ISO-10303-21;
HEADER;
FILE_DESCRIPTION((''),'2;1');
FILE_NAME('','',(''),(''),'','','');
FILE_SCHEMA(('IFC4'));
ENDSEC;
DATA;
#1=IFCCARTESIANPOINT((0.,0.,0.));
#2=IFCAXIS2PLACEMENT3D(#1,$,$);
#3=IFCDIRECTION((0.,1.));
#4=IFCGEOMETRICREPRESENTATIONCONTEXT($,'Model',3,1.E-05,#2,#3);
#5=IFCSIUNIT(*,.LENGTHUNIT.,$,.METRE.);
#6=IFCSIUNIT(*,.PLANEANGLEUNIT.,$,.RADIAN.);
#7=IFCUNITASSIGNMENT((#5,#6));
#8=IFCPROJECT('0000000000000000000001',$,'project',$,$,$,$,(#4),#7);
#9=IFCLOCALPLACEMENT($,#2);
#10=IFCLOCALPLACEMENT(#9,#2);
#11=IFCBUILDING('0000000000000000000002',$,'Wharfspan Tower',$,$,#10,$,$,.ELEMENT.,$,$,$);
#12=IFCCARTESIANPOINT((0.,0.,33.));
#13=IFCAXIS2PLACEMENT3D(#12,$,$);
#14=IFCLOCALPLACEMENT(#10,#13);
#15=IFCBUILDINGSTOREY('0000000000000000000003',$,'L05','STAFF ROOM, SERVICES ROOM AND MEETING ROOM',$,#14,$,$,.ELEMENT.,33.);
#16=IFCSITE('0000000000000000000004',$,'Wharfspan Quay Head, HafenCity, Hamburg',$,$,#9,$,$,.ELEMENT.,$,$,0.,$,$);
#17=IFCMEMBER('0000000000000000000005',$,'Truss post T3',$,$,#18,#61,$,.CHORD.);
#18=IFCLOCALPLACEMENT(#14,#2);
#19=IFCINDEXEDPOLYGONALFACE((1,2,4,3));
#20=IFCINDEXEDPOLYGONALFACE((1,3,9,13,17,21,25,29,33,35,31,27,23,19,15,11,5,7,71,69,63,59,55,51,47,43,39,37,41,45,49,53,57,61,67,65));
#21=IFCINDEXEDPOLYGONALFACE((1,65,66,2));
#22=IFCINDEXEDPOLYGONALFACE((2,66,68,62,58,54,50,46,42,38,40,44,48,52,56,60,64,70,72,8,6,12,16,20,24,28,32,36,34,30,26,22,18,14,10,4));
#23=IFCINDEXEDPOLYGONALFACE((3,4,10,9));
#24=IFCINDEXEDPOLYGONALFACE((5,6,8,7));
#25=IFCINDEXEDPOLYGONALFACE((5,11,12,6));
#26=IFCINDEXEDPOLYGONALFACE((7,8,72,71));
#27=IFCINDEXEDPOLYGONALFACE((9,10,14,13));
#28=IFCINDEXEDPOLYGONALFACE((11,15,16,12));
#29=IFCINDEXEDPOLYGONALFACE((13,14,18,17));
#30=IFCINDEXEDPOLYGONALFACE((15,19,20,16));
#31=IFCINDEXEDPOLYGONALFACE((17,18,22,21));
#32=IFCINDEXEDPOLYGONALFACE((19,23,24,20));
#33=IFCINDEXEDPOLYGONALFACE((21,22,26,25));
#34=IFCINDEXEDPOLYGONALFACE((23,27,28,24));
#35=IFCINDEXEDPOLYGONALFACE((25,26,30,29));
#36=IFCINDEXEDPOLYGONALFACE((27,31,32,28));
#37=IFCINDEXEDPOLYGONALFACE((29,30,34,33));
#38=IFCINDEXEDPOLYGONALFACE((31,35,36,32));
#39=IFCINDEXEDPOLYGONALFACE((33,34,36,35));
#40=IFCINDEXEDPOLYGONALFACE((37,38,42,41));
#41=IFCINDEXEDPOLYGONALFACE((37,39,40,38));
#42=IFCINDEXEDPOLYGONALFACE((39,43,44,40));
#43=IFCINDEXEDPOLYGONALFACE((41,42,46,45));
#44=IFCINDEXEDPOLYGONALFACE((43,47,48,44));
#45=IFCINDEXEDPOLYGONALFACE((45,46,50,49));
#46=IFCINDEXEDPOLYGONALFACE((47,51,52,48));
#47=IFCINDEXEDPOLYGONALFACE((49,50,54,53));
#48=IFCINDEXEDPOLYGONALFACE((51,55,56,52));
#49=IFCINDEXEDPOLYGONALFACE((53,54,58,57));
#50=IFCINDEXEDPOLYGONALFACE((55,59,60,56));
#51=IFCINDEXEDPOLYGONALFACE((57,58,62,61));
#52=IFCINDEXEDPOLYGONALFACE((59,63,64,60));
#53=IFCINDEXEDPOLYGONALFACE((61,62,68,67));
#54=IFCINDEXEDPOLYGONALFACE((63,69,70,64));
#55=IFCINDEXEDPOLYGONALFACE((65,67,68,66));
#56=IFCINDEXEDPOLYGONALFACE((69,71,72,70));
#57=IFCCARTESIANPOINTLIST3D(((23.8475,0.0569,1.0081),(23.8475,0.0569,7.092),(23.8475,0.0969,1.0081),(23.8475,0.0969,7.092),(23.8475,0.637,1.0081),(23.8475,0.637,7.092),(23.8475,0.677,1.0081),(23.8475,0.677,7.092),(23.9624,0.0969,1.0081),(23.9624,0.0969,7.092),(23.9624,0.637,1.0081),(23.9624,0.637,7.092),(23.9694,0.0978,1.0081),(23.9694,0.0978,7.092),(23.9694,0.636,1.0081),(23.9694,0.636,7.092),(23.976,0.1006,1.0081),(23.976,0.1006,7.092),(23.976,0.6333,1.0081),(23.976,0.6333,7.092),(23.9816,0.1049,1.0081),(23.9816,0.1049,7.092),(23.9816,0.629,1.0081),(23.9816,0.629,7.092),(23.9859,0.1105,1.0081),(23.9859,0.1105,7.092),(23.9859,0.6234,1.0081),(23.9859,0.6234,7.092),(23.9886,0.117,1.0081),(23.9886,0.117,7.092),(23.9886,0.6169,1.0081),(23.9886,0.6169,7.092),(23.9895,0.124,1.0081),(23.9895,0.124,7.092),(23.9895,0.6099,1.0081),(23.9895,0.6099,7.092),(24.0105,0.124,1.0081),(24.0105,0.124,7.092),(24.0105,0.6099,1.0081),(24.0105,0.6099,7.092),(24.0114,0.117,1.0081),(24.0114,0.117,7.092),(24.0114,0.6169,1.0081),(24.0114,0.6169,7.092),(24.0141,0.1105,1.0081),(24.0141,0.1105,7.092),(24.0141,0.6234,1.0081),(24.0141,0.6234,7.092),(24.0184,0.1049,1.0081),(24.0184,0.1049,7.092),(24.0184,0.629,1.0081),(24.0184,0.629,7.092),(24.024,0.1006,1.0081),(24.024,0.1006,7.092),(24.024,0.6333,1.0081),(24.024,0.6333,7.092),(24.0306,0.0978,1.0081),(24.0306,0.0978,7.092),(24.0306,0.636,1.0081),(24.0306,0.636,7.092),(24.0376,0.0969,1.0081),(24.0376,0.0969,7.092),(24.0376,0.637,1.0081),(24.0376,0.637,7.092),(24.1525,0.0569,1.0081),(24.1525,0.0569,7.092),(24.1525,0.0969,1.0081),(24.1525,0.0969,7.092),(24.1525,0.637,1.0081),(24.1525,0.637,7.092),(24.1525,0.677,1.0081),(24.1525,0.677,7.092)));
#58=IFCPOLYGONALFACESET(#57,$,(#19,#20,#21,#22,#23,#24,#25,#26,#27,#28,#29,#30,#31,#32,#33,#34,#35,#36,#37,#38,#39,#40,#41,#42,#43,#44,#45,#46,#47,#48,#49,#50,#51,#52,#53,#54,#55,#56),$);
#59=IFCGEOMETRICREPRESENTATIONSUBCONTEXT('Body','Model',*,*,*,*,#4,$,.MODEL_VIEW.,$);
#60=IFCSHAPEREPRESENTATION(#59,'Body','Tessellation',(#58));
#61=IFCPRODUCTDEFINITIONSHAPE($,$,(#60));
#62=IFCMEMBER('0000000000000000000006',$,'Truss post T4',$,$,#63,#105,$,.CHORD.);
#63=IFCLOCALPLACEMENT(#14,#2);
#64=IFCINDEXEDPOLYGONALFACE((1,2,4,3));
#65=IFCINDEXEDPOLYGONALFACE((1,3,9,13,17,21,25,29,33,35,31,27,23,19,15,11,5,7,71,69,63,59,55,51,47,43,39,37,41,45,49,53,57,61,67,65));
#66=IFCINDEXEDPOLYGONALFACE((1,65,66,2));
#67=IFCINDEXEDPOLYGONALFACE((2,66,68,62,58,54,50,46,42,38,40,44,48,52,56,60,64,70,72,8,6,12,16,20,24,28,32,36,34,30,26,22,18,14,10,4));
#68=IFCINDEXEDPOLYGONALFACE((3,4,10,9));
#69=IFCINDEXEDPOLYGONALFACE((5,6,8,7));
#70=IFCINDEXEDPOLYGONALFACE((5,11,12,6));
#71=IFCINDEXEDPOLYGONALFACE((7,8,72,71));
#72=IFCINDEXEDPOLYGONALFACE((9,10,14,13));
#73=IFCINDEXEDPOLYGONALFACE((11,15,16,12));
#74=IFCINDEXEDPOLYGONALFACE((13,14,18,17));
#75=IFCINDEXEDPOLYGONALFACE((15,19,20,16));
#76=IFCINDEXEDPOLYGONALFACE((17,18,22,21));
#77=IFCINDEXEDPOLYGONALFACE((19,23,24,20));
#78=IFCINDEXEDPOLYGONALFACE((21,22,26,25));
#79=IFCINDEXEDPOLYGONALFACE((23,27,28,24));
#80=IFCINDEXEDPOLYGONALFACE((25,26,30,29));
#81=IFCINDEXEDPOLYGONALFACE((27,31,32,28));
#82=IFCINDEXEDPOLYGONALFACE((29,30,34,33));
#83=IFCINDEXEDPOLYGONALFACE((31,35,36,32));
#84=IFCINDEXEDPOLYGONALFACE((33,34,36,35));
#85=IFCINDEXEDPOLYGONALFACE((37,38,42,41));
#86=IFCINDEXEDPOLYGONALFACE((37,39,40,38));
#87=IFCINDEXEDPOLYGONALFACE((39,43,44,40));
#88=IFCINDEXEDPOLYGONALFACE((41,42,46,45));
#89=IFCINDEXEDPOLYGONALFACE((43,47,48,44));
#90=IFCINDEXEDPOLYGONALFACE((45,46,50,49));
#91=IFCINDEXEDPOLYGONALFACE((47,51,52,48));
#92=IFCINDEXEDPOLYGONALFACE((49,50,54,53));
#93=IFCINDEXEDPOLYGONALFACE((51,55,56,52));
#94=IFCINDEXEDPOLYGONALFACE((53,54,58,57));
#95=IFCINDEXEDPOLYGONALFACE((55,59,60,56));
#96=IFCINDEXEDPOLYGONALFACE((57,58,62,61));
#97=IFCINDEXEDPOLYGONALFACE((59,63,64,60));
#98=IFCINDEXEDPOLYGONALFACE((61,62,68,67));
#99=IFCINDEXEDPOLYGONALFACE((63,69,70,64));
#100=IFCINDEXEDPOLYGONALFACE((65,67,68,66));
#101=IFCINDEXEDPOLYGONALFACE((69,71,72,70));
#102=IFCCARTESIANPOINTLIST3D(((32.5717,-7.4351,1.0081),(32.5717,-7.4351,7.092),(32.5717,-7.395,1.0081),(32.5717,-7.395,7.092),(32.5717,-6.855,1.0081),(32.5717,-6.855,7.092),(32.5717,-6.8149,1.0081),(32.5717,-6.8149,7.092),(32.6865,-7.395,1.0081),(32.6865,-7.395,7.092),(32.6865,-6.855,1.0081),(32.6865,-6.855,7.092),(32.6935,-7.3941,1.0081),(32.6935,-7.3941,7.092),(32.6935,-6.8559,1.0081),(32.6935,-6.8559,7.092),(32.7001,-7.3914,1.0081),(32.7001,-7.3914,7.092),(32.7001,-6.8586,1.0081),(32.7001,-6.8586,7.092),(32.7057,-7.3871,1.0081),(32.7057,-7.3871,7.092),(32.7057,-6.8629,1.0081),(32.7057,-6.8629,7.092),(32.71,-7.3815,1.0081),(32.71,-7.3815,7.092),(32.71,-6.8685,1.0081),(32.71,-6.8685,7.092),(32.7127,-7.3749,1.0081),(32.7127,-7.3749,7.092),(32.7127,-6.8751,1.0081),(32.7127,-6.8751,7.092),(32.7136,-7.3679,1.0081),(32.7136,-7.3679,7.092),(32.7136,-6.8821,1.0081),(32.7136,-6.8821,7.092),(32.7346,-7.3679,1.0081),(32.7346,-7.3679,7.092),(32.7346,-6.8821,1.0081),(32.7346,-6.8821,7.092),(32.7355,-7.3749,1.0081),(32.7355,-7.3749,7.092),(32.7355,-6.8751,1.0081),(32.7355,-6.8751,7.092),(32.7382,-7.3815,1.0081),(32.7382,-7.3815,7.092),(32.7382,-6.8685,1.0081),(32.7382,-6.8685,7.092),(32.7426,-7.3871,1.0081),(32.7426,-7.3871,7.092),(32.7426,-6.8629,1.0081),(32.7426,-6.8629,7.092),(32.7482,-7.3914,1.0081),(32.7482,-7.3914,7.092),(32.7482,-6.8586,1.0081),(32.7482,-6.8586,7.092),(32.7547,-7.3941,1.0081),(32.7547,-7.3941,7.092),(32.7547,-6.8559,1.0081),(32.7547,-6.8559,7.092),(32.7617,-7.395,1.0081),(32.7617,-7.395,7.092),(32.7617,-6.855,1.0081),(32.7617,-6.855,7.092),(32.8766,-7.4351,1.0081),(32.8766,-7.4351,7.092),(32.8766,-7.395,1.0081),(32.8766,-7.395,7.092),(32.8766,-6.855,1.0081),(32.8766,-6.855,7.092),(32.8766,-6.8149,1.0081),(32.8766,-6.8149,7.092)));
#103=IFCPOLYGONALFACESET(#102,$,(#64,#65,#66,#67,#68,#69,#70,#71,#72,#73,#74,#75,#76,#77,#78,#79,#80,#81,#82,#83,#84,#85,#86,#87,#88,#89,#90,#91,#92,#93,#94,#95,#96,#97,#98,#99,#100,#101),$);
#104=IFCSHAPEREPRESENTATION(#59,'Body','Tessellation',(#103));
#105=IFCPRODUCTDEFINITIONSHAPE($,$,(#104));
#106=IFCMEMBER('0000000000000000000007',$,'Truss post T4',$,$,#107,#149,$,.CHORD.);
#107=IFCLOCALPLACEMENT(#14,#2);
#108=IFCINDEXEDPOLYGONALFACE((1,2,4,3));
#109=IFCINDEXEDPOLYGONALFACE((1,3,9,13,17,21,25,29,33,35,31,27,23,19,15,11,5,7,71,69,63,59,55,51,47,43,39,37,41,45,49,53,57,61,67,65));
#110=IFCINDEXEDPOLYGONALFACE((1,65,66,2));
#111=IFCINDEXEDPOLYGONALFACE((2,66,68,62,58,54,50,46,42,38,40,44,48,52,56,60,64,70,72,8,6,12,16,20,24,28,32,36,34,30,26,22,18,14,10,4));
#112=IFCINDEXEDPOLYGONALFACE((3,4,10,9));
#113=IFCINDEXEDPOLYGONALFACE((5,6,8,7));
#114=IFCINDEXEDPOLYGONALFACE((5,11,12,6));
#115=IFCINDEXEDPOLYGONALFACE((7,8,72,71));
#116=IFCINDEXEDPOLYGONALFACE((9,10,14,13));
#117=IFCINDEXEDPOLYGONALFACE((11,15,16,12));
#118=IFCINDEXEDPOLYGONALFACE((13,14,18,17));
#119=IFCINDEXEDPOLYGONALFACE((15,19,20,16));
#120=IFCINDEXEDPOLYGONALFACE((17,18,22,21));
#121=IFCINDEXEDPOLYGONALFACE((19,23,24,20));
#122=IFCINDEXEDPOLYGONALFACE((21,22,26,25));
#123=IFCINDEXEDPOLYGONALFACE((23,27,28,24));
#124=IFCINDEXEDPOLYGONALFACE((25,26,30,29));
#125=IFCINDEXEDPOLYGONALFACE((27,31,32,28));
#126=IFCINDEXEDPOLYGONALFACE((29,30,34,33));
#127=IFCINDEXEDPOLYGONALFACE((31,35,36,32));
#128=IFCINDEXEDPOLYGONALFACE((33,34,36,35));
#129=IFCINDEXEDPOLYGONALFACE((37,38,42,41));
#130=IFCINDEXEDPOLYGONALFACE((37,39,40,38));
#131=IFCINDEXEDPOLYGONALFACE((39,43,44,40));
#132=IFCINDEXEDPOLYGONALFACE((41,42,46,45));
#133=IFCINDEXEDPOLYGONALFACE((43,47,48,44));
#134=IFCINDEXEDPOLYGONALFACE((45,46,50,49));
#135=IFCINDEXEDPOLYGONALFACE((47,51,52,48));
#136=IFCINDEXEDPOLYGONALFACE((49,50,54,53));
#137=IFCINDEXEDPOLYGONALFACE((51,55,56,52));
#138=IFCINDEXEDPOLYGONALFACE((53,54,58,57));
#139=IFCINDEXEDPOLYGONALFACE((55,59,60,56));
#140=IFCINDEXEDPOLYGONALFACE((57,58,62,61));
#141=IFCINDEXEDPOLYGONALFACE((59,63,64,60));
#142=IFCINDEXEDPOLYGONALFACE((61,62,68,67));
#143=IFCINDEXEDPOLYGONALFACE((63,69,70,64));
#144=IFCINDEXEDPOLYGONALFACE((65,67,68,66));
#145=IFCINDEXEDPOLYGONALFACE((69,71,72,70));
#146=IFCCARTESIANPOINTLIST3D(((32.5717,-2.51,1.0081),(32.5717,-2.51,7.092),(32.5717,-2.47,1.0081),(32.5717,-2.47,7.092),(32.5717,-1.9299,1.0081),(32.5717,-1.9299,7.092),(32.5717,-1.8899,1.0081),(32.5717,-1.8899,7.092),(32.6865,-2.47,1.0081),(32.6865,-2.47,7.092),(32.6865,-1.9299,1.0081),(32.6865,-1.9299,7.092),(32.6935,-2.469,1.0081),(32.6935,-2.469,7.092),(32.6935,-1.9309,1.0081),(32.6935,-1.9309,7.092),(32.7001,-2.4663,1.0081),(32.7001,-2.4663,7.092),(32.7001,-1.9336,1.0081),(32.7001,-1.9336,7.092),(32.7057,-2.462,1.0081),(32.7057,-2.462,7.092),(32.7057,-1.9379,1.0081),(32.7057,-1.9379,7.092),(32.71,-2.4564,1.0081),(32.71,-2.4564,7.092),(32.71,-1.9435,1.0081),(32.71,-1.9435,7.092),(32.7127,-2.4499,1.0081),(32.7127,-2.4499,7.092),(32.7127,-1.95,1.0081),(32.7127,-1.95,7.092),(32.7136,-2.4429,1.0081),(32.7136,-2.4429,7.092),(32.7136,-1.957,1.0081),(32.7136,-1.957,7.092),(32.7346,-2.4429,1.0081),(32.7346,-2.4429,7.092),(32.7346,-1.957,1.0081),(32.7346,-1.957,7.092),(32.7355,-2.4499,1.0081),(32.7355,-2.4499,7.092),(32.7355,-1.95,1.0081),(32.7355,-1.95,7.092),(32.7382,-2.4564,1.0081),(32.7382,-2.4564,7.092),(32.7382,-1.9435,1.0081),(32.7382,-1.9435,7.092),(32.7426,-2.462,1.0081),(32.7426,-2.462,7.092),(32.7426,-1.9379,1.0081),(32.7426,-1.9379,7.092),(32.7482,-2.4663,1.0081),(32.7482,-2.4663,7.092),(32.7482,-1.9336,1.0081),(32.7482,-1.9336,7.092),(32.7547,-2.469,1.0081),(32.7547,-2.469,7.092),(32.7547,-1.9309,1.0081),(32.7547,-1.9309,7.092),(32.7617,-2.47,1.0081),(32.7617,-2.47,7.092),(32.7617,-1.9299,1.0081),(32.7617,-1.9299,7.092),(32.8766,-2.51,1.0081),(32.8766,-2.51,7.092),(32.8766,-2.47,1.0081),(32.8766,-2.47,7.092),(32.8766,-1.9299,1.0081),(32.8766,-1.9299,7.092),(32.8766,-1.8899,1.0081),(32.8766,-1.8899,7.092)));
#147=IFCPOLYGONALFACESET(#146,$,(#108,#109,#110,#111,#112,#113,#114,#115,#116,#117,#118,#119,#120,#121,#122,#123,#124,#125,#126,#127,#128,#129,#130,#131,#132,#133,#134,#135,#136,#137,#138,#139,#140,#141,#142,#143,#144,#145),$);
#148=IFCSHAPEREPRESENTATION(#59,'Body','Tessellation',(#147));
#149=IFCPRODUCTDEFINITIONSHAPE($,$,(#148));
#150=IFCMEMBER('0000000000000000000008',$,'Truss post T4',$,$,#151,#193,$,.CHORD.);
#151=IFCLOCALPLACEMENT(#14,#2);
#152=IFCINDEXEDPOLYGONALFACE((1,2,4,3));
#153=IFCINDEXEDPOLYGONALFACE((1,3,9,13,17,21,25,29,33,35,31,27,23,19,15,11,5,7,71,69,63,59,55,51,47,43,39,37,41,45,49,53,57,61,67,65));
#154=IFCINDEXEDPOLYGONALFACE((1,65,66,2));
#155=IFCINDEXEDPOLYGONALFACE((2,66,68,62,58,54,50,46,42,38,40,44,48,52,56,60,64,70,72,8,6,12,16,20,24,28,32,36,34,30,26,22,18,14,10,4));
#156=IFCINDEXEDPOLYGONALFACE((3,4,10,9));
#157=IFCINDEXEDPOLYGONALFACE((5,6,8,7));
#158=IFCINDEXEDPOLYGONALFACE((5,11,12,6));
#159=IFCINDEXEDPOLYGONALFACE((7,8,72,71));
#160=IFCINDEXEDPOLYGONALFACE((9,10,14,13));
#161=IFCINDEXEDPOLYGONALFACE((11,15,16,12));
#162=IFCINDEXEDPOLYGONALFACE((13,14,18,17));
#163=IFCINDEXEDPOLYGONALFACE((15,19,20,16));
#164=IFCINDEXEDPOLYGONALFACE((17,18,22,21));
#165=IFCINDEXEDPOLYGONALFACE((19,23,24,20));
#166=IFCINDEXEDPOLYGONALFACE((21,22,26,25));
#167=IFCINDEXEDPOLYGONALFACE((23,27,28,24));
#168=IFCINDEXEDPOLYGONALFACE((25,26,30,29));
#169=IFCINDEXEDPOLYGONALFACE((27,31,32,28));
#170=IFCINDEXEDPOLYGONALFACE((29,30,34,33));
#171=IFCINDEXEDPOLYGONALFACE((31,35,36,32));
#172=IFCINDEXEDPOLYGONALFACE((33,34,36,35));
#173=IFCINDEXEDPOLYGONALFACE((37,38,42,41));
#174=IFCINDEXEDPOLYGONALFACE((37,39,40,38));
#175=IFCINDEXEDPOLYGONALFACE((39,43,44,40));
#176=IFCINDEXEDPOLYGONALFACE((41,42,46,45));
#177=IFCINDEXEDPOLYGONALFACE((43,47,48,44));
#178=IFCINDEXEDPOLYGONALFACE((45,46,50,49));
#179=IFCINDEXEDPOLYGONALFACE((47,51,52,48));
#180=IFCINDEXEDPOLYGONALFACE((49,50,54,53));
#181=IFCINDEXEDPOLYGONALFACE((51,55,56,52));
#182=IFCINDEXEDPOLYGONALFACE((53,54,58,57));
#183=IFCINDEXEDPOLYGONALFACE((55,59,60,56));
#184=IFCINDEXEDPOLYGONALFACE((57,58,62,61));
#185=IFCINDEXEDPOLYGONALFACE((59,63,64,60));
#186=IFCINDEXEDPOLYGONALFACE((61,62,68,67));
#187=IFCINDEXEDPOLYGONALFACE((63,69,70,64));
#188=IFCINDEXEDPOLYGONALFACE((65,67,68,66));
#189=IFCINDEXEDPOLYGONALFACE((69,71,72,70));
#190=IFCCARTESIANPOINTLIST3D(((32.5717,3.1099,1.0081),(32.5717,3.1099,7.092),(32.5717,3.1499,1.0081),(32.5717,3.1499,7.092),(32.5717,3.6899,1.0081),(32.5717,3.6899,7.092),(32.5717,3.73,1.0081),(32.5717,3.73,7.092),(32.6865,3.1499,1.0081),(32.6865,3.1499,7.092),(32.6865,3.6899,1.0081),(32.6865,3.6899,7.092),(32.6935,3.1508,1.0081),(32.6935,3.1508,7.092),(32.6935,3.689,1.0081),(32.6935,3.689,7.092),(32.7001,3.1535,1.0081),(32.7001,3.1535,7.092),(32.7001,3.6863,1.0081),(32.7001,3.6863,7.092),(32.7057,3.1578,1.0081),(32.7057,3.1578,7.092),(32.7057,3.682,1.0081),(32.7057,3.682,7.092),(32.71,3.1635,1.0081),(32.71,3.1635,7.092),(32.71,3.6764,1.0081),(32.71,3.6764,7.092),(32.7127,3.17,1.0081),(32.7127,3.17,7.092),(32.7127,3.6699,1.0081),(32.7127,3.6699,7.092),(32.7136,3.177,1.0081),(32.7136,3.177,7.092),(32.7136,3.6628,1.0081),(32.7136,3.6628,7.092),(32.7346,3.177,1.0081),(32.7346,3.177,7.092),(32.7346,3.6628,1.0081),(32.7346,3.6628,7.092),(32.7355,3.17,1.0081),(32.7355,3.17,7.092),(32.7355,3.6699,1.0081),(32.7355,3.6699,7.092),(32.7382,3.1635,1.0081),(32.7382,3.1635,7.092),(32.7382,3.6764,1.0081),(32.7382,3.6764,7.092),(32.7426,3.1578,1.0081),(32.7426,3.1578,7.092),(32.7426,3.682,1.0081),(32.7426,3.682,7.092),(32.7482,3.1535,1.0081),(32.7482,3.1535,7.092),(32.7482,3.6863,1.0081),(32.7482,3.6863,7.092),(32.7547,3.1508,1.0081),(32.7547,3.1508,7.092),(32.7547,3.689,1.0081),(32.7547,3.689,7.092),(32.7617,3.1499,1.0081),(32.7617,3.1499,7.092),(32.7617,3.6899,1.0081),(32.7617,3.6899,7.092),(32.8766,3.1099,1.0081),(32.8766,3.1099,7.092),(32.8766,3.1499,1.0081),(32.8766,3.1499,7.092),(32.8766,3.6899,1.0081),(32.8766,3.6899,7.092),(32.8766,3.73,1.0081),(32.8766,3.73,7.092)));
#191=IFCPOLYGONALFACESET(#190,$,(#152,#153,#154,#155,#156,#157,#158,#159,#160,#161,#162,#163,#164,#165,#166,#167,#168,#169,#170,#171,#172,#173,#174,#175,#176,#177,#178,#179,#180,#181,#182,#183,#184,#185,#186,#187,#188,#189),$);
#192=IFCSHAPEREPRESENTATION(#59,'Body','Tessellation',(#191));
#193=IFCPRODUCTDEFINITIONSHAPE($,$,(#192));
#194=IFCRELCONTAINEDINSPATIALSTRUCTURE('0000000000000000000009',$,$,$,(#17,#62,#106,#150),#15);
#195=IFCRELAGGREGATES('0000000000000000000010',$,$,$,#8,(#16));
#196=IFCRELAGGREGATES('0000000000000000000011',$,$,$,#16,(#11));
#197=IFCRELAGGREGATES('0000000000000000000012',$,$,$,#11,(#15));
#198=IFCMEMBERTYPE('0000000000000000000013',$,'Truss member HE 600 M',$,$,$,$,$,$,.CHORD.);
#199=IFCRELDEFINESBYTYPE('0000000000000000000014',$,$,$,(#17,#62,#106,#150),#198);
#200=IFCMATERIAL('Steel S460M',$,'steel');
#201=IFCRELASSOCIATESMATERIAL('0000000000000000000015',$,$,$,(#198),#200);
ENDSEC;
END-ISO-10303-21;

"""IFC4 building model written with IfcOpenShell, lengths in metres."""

from ifc_helpers import new_model, si_unit, direction, frame, origin, origin_2d, place, context, subcontext, project, spatial, i_section, extrude, material, material_profile, profile_set, type_object, element, save


model = new_model("IFC4")

# Units and contexts
model_context = context("Model", 3, precision=1e-05, world=origin(), true_north=direction((0.0, 1.0)))
body_context = subcontext(model_context, "Body", "Model", "MODEL_VIEW")
ifc_project = project(units=[si_unit("LENGTHUNIT", "METRE"), si_unit("PLANEANGLEUNIT", "RADIAN")], contexts=[model_context])

# Site, building, storey
site_placement = place(None, origin())
site = spatial("IfcSite", under=ifc_project, at=site_placement, Name="Wharfspan Quay Head, HafenCity, Hamburg", CompositionType="ELEMENT", RefElevation=0.0)
building_placement = place(site_placement, origin())
building = spatial("IfcBuilding", under=site, at=building_placement, Name="Wharfspan Tower", CompositionType="ELEMENT")
storey_placement = place(building_placement, frame((0.0, 0.0, 33.0)))
storey = spatial("IfcBuildingStorey", under=building, at=storey_placement, Name="L05", Description="STAFF ROOM, SERVICES ROOM AND MEETING ROOM", CompositionType="ELEMENT", Elevation=33.0)

# Members
ifc_material_1 = material(Name="Steel S460M", Category="steel")
ifc_material_profile_1 = material_profile(ifc_material_1, i_section(OverallWidth=0.3049, OverallDepth=0.6201, WebThickness=0.021, FlangeThickness=0.04, FilletRadius=0.0271, at=origin_2d()))
ifc_profile_set_1 = profile_set([ifc_material_profile_1], Name="Steel S460M")
member_type_1 = type_object("IfcMemberType", Name="Truss member HE 600 M", PredefinedType="CHORD", material=ifc_profile_set_1)
for number, where, z_axis, x_axis, name in (
    (1, (24.0, 0.3669, 1.0081), (0.0, 0.0, 1.0), (1.0, 0.0, 0.0), "Truss post T3"),
    (2, (32.7241, -7.125, 1.0081), (0.0, 0.0, 1.0), (1.0, 0.0, 0.0), "Truss post T4"),
    (3, (32.7241, -2.2, 1.0081), (0.0, 0.0, 1.0), (1.0, 0.0, 0.0), "Truss post T4"),
    (4, (32.7241, 3.4199, 1.0081), (0.0, 0.0, 1.0), (1.0, 0.0, 0.0), "Truss post T4"),
):
    element("IfcMember", number, at=place(storey_placement, frame(where, z_axis=z_axis, x_axis=x_axis)), inside=storey, type_object=member_type_1, Name=name, PredefinedType="CHORD", context=body_context, shape_type="SweptSolid", body=[
        extrude(i_section(OverallWidth=0.3049, OverallDepth=0.6201, WebThickness=0.021, FlangeThickness=0.04, FilletRadius=0.0271, at=origin_2d()), origin(), (0.0, 0.0, 1.0), 6.084),
    ])

save(model, "model.ifc")
